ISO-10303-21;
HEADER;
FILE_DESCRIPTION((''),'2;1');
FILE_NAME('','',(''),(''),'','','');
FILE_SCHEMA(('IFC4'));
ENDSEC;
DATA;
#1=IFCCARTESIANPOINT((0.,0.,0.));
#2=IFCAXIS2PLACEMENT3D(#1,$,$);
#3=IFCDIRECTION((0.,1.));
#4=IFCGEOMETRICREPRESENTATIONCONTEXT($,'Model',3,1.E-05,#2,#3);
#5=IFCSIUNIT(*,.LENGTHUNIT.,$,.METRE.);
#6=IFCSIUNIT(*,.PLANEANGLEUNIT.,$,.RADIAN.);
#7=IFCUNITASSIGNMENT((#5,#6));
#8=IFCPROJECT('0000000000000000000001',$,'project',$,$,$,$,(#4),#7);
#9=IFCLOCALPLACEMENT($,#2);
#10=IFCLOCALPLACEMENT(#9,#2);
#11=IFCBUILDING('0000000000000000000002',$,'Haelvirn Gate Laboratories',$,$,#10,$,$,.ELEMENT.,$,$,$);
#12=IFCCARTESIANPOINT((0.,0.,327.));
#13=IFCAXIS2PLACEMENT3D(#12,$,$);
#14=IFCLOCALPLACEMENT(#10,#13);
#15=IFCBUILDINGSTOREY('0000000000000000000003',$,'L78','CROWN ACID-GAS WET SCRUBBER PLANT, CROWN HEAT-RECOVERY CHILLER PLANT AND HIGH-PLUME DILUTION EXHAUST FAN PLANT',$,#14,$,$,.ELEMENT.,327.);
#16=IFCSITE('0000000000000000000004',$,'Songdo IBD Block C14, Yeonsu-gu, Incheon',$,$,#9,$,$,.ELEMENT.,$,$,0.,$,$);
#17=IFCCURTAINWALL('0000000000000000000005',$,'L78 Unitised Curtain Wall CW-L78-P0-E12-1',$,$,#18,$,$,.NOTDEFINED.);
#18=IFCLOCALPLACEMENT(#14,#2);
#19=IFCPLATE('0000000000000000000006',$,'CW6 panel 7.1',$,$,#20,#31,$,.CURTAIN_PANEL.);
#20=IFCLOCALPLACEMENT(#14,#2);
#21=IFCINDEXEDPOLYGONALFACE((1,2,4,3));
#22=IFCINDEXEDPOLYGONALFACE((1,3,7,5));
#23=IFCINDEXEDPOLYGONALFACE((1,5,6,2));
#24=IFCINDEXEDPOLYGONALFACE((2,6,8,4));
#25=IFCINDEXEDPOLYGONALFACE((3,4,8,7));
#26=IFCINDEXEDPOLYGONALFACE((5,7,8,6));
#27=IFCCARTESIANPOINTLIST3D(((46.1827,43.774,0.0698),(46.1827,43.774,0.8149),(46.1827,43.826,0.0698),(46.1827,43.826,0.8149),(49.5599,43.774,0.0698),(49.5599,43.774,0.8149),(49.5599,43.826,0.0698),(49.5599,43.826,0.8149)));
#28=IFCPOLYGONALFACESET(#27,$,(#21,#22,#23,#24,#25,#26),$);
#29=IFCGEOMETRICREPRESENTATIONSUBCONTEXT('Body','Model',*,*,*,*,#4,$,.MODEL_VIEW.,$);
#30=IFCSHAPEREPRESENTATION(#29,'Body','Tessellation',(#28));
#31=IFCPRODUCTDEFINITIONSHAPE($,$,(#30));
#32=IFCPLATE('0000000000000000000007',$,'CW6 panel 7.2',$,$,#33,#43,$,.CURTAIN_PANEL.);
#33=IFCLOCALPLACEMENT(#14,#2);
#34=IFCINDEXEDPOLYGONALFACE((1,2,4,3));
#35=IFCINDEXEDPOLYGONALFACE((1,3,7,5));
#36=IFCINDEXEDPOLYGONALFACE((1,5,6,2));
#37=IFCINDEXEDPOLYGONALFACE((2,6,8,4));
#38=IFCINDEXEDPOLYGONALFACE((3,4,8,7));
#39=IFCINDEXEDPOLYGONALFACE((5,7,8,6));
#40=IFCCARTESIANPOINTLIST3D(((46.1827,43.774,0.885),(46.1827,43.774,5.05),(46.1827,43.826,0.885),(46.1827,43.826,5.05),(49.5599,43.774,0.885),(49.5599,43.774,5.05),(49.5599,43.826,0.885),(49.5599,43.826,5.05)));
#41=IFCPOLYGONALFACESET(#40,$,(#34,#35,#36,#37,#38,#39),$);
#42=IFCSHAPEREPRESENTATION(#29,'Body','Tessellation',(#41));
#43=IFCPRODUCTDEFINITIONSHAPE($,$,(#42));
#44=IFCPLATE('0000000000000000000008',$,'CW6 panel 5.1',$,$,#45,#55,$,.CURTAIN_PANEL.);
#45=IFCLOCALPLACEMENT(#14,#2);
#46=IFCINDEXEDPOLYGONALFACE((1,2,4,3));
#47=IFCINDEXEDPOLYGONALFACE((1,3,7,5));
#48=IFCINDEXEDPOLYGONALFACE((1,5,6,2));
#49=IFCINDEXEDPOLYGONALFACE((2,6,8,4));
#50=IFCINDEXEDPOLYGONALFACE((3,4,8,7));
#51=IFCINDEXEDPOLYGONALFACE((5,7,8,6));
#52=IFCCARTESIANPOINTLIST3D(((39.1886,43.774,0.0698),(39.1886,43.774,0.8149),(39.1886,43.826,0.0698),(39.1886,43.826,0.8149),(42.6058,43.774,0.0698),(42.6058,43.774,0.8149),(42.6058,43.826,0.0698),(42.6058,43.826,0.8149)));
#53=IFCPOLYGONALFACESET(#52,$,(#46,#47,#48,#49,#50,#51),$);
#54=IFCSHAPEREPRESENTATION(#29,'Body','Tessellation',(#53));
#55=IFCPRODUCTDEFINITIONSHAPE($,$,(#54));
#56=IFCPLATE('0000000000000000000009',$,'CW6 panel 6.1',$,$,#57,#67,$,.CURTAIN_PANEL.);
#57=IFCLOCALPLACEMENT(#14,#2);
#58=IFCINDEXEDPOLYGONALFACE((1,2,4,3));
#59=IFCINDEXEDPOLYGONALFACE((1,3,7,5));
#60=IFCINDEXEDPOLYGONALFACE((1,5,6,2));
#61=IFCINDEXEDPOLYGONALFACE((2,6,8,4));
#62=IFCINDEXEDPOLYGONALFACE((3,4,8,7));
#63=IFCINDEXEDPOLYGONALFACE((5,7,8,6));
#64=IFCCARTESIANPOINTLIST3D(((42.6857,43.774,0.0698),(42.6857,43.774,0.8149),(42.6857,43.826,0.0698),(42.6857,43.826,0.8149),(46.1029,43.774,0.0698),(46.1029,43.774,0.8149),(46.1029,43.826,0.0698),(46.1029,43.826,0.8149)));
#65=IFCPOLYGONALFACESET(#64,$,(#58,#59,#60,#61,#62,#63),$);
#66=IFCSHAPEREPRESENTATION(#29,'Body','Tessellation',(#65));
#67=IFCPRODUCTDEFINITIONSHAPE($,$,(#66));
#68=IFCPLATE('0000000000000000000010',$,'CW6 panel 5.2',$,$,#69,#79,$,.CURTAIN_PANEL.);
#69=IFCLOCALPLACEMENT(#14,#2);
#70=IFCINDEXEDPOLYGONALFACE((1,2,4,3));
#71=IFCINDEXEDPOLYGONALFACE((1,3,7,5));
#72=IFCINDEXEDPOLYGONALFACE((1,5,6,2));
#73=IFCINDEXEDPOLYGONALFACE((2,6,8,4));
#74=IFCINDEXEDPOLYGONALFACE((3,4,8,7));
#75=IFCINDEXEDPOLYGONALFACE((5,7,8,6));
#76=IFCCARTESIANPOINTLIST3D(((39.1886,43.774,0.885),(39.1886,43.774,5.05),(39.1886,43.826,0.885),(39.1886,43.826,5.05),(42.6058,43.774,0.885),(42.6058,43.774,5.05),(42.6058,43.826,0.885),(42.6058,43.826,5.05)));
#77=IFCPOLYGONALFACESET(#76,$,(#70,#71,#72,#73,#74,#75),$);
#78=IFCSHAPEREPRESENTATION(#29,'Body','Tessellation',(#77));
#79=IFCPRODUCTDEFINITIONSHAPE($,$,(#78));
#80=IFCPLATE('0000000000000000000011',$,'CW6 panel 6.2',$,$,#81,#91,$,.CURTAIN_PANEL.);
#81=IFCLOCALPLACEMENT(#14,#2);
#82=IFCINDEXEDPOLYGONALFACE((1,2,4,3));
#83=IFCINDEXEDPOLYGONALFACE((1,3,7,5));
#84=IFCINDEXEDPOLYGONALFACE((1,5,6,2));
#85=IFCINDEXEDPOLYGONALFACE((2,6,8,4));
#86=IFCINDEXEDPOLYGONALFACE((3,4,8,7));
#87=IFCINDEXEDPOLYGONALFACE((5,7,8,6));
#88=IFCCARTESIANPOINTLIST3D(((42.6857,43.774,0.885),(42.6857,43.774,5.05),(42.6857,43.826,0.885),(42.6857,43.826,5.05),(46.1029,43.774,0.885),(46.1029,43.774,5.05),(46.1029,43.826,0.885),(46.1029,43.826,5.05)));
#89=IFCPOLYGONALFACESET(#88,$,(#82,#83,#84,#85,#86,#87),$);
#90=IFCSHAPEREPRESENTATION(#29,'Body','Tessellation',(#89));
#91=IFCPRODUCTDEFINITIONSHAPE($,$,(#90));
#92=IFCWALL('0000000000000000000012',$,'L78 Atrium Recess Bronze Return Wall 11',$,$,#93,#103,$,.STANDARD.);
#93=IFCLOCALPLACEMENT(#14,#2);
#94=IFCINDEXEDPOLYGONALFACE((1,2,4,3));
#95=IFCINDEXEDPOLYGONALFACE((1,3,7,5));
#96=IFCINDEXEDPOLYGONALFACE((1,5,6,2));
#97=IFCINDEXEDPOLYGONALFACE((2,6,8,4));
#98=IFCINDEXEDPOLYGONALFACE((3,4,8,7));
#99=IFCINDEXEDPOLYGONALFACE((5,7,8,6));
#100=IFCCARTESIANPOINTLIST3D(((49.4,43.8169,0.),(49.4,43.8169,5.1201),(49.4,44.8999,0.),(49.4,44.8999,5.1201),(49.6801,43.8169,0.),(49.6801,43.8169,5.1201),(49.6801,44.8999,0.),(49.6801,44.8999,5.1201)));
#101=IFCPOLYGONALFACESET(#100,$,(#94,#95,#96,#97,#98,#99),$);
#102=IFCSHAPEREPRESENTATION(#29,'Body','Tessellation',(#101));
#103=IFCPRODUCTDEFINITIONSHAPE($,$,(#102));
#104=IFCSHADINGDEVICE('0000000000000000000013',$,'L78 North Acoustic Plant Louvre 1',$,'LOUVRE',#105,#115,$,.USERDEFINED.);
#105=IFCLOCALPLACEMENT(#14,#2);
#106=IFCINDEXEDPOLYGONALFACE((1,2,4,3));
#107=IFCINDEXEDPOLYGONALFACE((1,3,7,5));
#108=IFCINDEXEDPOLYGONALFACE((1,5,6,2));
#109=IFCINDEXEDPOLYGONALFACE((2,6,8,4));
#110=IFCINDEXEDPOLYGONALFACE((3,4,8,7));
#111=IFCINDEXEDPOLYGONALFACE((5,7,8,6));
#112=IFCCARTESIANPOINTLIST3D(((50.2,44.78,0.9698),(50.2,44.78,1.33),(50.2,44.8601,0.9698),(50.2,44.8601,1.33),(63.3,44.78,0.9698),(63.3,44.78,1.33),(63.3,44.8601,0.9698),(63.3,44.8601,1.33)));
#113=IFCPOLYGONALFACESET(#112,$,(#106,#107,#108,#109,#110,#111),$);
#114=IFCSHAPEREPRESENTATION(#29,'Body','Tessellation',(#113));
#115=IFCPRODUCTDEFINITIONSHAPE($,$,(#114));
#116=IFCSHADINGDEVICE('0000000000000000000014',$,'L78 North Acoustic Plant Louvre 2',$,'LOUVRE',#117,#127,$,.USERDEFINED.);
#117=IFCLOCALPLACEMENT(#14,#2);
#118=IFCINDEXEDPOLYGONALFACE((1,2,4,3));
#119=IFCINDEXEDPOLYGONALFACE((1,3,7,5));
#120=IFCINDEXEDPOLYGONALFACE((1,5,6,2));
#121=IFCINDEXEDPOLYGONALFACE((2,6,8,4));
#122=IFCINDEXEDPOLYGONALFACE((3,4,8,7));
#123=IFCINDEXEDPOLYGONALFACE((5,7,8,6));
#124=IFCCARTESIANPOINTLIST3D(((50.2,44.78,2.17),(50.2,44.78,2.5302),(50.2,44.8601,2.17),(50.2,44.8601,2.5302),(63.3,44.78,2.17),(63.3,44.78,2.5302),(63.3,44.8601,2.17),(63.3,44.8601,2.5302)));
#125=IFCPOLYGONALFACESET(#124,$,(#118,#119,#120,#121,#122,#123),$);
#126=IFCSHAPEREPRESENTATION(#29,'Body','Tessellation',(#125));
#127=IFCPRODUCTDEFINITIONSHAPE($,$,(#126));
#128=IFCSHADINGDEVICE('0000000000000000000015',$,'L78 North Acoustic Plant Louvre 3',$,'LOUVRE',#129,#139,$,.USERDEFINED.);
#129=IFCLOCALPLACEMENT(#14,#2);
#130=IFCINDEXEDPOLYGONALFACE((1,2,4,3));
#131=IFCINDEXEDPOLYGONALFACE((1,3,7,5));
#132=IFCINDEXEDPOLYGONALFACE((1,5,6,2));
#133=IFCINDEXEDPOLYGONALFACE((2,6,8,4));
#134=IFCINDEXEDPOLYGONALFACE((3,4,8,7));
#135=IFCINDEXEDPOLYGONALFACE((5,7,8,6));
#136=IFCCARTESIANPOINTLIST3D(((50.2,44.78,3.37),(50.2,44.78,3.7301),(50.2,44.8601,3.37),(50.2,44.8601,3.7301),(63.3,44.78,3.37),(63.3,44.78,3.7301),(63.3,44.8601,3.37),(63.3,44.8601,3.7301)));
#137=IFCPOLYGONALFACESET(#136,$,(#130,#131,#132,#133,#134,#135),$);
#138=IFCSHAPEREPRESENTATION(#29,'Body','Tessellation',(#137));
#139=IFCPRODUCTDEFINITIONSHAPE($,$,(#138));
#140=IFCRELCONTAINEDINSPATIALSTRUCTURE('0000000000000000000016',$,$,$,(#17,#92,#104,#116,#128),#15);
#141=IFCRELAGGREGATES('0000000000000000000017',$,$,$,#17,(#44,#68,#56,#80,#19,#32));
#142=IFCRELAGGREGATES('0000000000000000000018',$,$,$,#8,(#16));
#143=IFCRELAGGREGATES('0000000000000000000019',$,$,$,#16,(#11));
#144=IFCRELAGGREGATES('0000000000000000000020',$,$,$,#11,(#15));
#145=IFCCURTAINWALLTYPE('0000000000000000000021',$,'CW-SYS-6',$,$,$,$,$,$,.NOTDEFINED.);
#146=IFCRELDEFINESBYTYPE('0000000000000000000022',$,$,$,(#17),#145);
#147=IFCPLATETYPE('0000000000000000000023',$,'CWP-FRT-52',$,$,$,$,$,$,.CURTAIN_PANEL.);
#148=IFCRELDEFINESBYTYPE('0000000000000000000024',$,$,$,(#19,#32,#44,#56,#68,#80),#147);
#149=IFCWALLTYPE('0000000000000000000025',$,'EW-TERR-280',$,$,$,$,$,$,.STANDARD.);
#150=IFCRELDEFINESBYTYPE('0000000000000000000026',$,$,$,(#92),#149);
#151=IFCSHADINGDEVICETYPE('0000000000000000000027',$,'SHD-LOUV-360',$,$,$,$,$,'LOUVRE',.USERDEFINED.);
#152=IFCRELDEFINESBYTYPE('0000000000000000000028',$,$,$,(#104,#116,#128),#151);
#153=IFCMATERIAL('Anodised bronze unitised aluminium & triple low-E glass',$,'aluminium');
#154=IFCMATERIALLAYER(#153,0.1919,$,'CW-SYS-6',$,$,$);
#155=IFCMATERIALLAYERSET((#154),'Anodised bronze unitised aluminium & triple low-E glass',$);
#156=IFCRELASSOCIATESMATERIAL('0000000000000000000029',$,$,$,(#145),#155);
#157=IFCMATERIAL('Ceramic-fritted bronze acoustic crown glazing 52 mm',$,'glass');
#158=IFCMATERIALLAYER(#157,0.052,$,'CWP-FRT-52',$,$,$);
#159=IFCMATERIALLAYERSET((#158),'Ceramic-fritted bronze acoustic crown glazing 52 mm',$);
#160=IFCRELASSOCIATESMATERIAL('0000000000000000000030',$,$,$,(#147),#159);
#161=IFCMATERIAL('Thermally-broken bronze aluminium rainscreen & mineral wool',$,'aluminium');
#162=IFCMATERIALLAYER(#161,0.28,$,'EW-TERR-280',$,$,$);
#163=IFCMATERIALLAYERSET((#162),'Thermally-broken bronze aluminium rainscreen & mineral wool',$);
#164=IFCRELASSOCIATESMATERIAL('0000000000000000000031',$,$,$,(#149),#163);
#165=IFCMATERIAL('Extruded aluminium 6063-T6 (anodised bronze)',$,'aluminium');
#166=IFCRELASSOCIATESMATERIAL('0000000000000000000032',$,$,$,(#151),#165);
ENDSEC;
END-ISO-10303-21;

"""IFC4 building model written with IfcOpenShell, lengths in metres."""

from ifc_helpers import new_model, si_unit, direction, frame, frame_2d, origin, origin_2d, place, context, subcontext, project, spatial, rectangle, extrude, source, transform, mapped, material, layer, layer_set, material_profile, profile_set, type_object, type_shapes, element, aggregate, save


model = new_model("IFC4")

# Units and contexts
model_context = context("Model", 3, precision=1e-05, world=origin(), true_north=direction((0.0, 1.0)))
body_context = subcontext(model_context, "Body", "Model", "MODEL_VIEW")
ifc_project = project(units=[si_unit("LENGTHUNIT", "METRE"), si_unit("PLANEANGLEUNIT", "RADIAN")], contexts=[model_context])

# Site, building, storey
site_placement = place(None, origin())
site = spatial("IfcSite", under=ifc_project, at=site_placement, Name="Songdo IBD Block C14, Yeonsu-gu, Incheon", CompositionType="ELEMENT", RefElevation=0.0)
building_placement = place(site_placement, origin())
building = spatial("IfcBuilding", under=site, at=building_placement, Name="Haelvirn Gate Laboratories", CompositionType="ELEMENT")
storey_placement = place(building_placement, frame((0.0, 0.0, 327.0)))
storey = spatial("IfcBuildingStorey", under=building, at=storey_placement, Name="L78", Description="CROWN ACID-GAS WET SCRUBBER PLANT, CROWN HEAT-RECOVERY CHILLER PLANT AND HIGH-PLUME DILUTION EXHAUST FAN PLANT", CompositionType="ELEMENT", Elevation=327.0)

# Curtain wall
ifc_material_1 = material(Name="Anodised bronze unitised aluminium & triple low-E glass", Category="aluminium")
ifc_layer_1 = layer(ifc_material_1, 0.1919, Name="CW-SYS-6")
ifc_layer_set_1 = layer_set([ifc_layer_1], Name="Anodised bronze unitised aluminium & triple low-E glass")
curtain_wall_type = type_object("IfcCurtainWallType", Name="CW-SYS-6", PredefinedType="NOTDEFINED", material=ifc_layer_set_1)
ifc_material_2 = material(Name="Extruded aluminium 6063-T6 (anodised bronze)", Category="aluminium")
curtain_wall_1_placement = place(storey_placement, origin())
curtain_wall_1 = element("IfcCurtainWall", 1, at=curtain_wall_1_placement, inside=storey, type_object=curtain_wall_type, Name="L78 Unitised Curtain Wall CW-L78-P0-E12-1", PredefinedType="NOTDEFINED")

# Plates
ifc_material_3 = material(Name="Ceramic-fritted bronze acoustic crown glazing 52 mm", Category="glass")
ifc_layer_2 = layer(ifc_material_3, 0.052, Name="CWP-FRT-52")
ifc_layer_set_2 = layer_set([ifc_layer_2], Name="Ceramic-fritted bronze acoustic crown glazing 52 mm")
plate_type = type_object("IfcPlateType", Name="CWP-FRT-52", PredefinedType="CURTAIN_PANEL", material=ifc_layer_set_2)
shared_shape_1 = source(origin(), body_context, "Body", "SweptSolid", [
    extrude(rectangle(XDim=3.3772, YDim=0.052, at=origin_2d()), origin(), (0.0, 0.0, 1.0), 0.7451),
])
plate_1_placement = place(storey_placement, frame((47.8713, 43.8, 0.0698), z_axis=(0.0, 0.0, 1.0), x_axis=(1.0, 0.0, 0.0)))
plate_1 = element("IfcPlate", 2, at=plate_1_placement, type_object=plate_type, Name="CW6 panel 7.1", PredefinedType="CURTAIN_PANEL", context=body_context, shape_type="MappedRepresentation", body=[
    mapped(shared_shape_1, transform((0.0, 0.0, 0.0), scale=1.0)),
])
shared_shape_2 = source(origin(), body_context, "Body", "SweptSolid", [
    extrude(rectangle(XDim=3.3772, YDim=0.052, at=origin_2d()), origin(), (0.0, 0.0, 1.0), 4.165),
])
plate_2_placement = place(storey_placement, frame((47.8713, 43.8, 0.885), z_axis=(0.0, 0.0, 1.0), x_axis=(1.0, 0.0, 0.0)))
plate_2 = element("IfcPlate", 3, at=plate_2_placement, type_object=plate_type, Name="CW6 panel 7.2", PredefinedType="CURTAIN_PANEL", context=body_context, shape_type="MappedRepresentation", body=[
    mapped(shared_shape_2, transform((0.0, 0.0, 0.0), scale=1.0)),
])
shared_shape_3 = source(origin(), body_context, "Body", "SweptSolid", [
    extrude(rectangle(XDim=3.4172, YDim=0.052, at=origin_2d()), origin(), (0.0, 0.0, 1.0), 0.7451),
])
plate_3_placement = place(storey_placement, frame((40.8972, 43.8, 0.0698), z_axis=(0.0, 0.0, 1.0), x_axis=(1.0, 0.0, 0.0)))
plate_3 = element("IfcPlate", 4, at=plate_3_placement, type_object=plate_type, Name="CW6 panel 5.1", PredefinedType="CURTAIN_PANEL", context=body_context, shape_type="MappedRepresentation", body=[
    mapped(shared_shape_3, transform((0.0, 0.0, 0.0), scale=1.0)),
])
plate_4_placement = place(storey_placement, frame((44.3943, 43.8, 0.0698), z_axis=(0.0, 0.0, 1.0), x_axis=(1.0, 0.0, 0.0)))
plate_4 = element("IfcPlate", 5, at=plate_4_placement, type_object=plate_type, Name="CW6 panel 6.1", PredefinedType="CURTAIN_PANEL", context=body_context, shape_type="MappedRepresentation", body=[
    mapped(shared_shape_3, transform((0.0, 0.0, 0.0), scale=1.0)),
])
shared_shape_4 = source(origin(), body_context, "Body", "SweptSolid", [
    extrude(rectangle(XDim=3.4172, YDim=0.052, at=origin_2d()), origin(), (0.0, 0.0, 1.0), 4.165),
])
plate_5_placement = place(storey_placement, frame((40.8972, 43.8, 0.885), z_axis=(0.0, 0.0, 1.0), x_axis=(1.0, 0.0, 0.0)))
plate_5 = element("IfcPlate", 6, at=plate_5_placement, type_object=plate_type, Name="CW6 panel 5.2", PredefinedType="CURTAIN_PANEL", context=body_context, shape_type="MappedRepresentation", body=[
    mapped(shared_shape_4, transform((0.0, 0.0, 0.0), scale=1.0)),
])
plate_6_placement = place(storey_placement, frame((44.3943, 43.8, 0.885), z_axis=(0.0, 0.0, 1.0), x_axis=(1.0, 0.0, 0.0)))
plate_6 = element("IfcPlate", 7, at=plate_6_placement, type_object=plate_type, Name="CW6 panel 6.2", PredefinedType="CURTAIN_PANEL", context=body_context, shape_type="MappedRepresentation", body=[
    mapped(shared_shape_4, transform((0.0, 0.0, 0.0), scale=1.0)),
])
aggregate(curtain_wall_1, [plate_3, plate_5, plate_4, plate_6, plate_1, plate_2])

# Wall
ifc_material_4 = material(Name="Thermally-broken bronze aluminium rainscreen & mineral wool", Category="aluminium")
ifc_layer_3 = layer(ifc_material_4, 0.28, Name="EW-TERR-280")
ifc_layer_set_3 = layer_set([ifc_layer_3], Name="Thermally-broken bronze aluminium rainscreen & mineral wool")
wall_type = type_object("IfcWallType", Name="EW-TERR-280", PredefinedType="STANDARD", material=ifc_layer_set_3)
wall_placement = place(storey_placement, frame((49.54, 44.8999, 0.0), z_axis=(0.0, 0.0, 1.0), x_axis=(0.0, -1.0, 0.0)))
element("IfcWall", 8, at=wall_placement, inside=storey, type_object=wall_type, Name="L78 Atrium Recess Bronze Return Wall 11", PredefinedType="STANDARD", context=body_context, shape_type="SweptSolid", body=[
    extrude(rectangle(XDim=1.083, YDim=0.28, at=frame_2d((0.5415, 0.0))), origin(), (0.0, 0.0, 1.0), 5.1201),
])

# Shading devices
ifc_material_profile_1 = material_profile(ifc_material_2, rectangle(XDim=0.0801, YDim=0.3601, at=origin_2d()), Name="LOUV-360x80")
ifc_profile_set_1 = profile_set([ifc_material_profile_1], Name="Extruded aluminium 6063-T6 (anodised bronze)")
shading_device_type = type_object("IfcShadingDeviceType", Name="SHD-LOUV-360", ElementType="LOUVRE", PredefinedType="USERDEFINED", material=ifc_profile_set_1)
shared_shape_5 = source(origin(), body_context, "Body", "SweptSolid", [
    extrude(rectangle(XDim=0.0801, YDim=0.3601, at=origin_2d()), origin(), (0.0, 0.0, 1.0), 13.1001),
])
type_shapes(shading_device_type, [shared_shape_5])
for number, where, z_axis, x_axis, name in (
    (9, (50.2, 44.8201, 1.1499), (1.0, 0.0, 0.0), (0.0, 1.0, 0.0), "L78 North Acoustic Plant Louvre 1"),
    (10, (50.2, 44.8201, 2.3501), (1.0, 0.0, 0.0), (0.0, 1.0, 0.0), "L78 North Acoustic Plant Louvre 2"),
    (11, (50.2, 44.8201, 3.55), (1.0, 0.0, 0.0), (0.0, 1.0, 0.0), "L78 North Acoustic Plant Louvre 3"),
):
    element("IfcShadingDevice", number, at=place(storey_placement, frame(where, z_axis=z_axis, x_axis=x_axis)), inside=storey, type_object=shading_device_type, Name=name, ObjectType="LOUVRE", PredefinedType="USERDEFINED", context=body_context, shape_type="MappedRepresentation", body=[
        mapped(shared_shape_5, transform((0.0, 0.0, 0.0), scale=1.0)),
    ])

save(model, "model.ifc")
